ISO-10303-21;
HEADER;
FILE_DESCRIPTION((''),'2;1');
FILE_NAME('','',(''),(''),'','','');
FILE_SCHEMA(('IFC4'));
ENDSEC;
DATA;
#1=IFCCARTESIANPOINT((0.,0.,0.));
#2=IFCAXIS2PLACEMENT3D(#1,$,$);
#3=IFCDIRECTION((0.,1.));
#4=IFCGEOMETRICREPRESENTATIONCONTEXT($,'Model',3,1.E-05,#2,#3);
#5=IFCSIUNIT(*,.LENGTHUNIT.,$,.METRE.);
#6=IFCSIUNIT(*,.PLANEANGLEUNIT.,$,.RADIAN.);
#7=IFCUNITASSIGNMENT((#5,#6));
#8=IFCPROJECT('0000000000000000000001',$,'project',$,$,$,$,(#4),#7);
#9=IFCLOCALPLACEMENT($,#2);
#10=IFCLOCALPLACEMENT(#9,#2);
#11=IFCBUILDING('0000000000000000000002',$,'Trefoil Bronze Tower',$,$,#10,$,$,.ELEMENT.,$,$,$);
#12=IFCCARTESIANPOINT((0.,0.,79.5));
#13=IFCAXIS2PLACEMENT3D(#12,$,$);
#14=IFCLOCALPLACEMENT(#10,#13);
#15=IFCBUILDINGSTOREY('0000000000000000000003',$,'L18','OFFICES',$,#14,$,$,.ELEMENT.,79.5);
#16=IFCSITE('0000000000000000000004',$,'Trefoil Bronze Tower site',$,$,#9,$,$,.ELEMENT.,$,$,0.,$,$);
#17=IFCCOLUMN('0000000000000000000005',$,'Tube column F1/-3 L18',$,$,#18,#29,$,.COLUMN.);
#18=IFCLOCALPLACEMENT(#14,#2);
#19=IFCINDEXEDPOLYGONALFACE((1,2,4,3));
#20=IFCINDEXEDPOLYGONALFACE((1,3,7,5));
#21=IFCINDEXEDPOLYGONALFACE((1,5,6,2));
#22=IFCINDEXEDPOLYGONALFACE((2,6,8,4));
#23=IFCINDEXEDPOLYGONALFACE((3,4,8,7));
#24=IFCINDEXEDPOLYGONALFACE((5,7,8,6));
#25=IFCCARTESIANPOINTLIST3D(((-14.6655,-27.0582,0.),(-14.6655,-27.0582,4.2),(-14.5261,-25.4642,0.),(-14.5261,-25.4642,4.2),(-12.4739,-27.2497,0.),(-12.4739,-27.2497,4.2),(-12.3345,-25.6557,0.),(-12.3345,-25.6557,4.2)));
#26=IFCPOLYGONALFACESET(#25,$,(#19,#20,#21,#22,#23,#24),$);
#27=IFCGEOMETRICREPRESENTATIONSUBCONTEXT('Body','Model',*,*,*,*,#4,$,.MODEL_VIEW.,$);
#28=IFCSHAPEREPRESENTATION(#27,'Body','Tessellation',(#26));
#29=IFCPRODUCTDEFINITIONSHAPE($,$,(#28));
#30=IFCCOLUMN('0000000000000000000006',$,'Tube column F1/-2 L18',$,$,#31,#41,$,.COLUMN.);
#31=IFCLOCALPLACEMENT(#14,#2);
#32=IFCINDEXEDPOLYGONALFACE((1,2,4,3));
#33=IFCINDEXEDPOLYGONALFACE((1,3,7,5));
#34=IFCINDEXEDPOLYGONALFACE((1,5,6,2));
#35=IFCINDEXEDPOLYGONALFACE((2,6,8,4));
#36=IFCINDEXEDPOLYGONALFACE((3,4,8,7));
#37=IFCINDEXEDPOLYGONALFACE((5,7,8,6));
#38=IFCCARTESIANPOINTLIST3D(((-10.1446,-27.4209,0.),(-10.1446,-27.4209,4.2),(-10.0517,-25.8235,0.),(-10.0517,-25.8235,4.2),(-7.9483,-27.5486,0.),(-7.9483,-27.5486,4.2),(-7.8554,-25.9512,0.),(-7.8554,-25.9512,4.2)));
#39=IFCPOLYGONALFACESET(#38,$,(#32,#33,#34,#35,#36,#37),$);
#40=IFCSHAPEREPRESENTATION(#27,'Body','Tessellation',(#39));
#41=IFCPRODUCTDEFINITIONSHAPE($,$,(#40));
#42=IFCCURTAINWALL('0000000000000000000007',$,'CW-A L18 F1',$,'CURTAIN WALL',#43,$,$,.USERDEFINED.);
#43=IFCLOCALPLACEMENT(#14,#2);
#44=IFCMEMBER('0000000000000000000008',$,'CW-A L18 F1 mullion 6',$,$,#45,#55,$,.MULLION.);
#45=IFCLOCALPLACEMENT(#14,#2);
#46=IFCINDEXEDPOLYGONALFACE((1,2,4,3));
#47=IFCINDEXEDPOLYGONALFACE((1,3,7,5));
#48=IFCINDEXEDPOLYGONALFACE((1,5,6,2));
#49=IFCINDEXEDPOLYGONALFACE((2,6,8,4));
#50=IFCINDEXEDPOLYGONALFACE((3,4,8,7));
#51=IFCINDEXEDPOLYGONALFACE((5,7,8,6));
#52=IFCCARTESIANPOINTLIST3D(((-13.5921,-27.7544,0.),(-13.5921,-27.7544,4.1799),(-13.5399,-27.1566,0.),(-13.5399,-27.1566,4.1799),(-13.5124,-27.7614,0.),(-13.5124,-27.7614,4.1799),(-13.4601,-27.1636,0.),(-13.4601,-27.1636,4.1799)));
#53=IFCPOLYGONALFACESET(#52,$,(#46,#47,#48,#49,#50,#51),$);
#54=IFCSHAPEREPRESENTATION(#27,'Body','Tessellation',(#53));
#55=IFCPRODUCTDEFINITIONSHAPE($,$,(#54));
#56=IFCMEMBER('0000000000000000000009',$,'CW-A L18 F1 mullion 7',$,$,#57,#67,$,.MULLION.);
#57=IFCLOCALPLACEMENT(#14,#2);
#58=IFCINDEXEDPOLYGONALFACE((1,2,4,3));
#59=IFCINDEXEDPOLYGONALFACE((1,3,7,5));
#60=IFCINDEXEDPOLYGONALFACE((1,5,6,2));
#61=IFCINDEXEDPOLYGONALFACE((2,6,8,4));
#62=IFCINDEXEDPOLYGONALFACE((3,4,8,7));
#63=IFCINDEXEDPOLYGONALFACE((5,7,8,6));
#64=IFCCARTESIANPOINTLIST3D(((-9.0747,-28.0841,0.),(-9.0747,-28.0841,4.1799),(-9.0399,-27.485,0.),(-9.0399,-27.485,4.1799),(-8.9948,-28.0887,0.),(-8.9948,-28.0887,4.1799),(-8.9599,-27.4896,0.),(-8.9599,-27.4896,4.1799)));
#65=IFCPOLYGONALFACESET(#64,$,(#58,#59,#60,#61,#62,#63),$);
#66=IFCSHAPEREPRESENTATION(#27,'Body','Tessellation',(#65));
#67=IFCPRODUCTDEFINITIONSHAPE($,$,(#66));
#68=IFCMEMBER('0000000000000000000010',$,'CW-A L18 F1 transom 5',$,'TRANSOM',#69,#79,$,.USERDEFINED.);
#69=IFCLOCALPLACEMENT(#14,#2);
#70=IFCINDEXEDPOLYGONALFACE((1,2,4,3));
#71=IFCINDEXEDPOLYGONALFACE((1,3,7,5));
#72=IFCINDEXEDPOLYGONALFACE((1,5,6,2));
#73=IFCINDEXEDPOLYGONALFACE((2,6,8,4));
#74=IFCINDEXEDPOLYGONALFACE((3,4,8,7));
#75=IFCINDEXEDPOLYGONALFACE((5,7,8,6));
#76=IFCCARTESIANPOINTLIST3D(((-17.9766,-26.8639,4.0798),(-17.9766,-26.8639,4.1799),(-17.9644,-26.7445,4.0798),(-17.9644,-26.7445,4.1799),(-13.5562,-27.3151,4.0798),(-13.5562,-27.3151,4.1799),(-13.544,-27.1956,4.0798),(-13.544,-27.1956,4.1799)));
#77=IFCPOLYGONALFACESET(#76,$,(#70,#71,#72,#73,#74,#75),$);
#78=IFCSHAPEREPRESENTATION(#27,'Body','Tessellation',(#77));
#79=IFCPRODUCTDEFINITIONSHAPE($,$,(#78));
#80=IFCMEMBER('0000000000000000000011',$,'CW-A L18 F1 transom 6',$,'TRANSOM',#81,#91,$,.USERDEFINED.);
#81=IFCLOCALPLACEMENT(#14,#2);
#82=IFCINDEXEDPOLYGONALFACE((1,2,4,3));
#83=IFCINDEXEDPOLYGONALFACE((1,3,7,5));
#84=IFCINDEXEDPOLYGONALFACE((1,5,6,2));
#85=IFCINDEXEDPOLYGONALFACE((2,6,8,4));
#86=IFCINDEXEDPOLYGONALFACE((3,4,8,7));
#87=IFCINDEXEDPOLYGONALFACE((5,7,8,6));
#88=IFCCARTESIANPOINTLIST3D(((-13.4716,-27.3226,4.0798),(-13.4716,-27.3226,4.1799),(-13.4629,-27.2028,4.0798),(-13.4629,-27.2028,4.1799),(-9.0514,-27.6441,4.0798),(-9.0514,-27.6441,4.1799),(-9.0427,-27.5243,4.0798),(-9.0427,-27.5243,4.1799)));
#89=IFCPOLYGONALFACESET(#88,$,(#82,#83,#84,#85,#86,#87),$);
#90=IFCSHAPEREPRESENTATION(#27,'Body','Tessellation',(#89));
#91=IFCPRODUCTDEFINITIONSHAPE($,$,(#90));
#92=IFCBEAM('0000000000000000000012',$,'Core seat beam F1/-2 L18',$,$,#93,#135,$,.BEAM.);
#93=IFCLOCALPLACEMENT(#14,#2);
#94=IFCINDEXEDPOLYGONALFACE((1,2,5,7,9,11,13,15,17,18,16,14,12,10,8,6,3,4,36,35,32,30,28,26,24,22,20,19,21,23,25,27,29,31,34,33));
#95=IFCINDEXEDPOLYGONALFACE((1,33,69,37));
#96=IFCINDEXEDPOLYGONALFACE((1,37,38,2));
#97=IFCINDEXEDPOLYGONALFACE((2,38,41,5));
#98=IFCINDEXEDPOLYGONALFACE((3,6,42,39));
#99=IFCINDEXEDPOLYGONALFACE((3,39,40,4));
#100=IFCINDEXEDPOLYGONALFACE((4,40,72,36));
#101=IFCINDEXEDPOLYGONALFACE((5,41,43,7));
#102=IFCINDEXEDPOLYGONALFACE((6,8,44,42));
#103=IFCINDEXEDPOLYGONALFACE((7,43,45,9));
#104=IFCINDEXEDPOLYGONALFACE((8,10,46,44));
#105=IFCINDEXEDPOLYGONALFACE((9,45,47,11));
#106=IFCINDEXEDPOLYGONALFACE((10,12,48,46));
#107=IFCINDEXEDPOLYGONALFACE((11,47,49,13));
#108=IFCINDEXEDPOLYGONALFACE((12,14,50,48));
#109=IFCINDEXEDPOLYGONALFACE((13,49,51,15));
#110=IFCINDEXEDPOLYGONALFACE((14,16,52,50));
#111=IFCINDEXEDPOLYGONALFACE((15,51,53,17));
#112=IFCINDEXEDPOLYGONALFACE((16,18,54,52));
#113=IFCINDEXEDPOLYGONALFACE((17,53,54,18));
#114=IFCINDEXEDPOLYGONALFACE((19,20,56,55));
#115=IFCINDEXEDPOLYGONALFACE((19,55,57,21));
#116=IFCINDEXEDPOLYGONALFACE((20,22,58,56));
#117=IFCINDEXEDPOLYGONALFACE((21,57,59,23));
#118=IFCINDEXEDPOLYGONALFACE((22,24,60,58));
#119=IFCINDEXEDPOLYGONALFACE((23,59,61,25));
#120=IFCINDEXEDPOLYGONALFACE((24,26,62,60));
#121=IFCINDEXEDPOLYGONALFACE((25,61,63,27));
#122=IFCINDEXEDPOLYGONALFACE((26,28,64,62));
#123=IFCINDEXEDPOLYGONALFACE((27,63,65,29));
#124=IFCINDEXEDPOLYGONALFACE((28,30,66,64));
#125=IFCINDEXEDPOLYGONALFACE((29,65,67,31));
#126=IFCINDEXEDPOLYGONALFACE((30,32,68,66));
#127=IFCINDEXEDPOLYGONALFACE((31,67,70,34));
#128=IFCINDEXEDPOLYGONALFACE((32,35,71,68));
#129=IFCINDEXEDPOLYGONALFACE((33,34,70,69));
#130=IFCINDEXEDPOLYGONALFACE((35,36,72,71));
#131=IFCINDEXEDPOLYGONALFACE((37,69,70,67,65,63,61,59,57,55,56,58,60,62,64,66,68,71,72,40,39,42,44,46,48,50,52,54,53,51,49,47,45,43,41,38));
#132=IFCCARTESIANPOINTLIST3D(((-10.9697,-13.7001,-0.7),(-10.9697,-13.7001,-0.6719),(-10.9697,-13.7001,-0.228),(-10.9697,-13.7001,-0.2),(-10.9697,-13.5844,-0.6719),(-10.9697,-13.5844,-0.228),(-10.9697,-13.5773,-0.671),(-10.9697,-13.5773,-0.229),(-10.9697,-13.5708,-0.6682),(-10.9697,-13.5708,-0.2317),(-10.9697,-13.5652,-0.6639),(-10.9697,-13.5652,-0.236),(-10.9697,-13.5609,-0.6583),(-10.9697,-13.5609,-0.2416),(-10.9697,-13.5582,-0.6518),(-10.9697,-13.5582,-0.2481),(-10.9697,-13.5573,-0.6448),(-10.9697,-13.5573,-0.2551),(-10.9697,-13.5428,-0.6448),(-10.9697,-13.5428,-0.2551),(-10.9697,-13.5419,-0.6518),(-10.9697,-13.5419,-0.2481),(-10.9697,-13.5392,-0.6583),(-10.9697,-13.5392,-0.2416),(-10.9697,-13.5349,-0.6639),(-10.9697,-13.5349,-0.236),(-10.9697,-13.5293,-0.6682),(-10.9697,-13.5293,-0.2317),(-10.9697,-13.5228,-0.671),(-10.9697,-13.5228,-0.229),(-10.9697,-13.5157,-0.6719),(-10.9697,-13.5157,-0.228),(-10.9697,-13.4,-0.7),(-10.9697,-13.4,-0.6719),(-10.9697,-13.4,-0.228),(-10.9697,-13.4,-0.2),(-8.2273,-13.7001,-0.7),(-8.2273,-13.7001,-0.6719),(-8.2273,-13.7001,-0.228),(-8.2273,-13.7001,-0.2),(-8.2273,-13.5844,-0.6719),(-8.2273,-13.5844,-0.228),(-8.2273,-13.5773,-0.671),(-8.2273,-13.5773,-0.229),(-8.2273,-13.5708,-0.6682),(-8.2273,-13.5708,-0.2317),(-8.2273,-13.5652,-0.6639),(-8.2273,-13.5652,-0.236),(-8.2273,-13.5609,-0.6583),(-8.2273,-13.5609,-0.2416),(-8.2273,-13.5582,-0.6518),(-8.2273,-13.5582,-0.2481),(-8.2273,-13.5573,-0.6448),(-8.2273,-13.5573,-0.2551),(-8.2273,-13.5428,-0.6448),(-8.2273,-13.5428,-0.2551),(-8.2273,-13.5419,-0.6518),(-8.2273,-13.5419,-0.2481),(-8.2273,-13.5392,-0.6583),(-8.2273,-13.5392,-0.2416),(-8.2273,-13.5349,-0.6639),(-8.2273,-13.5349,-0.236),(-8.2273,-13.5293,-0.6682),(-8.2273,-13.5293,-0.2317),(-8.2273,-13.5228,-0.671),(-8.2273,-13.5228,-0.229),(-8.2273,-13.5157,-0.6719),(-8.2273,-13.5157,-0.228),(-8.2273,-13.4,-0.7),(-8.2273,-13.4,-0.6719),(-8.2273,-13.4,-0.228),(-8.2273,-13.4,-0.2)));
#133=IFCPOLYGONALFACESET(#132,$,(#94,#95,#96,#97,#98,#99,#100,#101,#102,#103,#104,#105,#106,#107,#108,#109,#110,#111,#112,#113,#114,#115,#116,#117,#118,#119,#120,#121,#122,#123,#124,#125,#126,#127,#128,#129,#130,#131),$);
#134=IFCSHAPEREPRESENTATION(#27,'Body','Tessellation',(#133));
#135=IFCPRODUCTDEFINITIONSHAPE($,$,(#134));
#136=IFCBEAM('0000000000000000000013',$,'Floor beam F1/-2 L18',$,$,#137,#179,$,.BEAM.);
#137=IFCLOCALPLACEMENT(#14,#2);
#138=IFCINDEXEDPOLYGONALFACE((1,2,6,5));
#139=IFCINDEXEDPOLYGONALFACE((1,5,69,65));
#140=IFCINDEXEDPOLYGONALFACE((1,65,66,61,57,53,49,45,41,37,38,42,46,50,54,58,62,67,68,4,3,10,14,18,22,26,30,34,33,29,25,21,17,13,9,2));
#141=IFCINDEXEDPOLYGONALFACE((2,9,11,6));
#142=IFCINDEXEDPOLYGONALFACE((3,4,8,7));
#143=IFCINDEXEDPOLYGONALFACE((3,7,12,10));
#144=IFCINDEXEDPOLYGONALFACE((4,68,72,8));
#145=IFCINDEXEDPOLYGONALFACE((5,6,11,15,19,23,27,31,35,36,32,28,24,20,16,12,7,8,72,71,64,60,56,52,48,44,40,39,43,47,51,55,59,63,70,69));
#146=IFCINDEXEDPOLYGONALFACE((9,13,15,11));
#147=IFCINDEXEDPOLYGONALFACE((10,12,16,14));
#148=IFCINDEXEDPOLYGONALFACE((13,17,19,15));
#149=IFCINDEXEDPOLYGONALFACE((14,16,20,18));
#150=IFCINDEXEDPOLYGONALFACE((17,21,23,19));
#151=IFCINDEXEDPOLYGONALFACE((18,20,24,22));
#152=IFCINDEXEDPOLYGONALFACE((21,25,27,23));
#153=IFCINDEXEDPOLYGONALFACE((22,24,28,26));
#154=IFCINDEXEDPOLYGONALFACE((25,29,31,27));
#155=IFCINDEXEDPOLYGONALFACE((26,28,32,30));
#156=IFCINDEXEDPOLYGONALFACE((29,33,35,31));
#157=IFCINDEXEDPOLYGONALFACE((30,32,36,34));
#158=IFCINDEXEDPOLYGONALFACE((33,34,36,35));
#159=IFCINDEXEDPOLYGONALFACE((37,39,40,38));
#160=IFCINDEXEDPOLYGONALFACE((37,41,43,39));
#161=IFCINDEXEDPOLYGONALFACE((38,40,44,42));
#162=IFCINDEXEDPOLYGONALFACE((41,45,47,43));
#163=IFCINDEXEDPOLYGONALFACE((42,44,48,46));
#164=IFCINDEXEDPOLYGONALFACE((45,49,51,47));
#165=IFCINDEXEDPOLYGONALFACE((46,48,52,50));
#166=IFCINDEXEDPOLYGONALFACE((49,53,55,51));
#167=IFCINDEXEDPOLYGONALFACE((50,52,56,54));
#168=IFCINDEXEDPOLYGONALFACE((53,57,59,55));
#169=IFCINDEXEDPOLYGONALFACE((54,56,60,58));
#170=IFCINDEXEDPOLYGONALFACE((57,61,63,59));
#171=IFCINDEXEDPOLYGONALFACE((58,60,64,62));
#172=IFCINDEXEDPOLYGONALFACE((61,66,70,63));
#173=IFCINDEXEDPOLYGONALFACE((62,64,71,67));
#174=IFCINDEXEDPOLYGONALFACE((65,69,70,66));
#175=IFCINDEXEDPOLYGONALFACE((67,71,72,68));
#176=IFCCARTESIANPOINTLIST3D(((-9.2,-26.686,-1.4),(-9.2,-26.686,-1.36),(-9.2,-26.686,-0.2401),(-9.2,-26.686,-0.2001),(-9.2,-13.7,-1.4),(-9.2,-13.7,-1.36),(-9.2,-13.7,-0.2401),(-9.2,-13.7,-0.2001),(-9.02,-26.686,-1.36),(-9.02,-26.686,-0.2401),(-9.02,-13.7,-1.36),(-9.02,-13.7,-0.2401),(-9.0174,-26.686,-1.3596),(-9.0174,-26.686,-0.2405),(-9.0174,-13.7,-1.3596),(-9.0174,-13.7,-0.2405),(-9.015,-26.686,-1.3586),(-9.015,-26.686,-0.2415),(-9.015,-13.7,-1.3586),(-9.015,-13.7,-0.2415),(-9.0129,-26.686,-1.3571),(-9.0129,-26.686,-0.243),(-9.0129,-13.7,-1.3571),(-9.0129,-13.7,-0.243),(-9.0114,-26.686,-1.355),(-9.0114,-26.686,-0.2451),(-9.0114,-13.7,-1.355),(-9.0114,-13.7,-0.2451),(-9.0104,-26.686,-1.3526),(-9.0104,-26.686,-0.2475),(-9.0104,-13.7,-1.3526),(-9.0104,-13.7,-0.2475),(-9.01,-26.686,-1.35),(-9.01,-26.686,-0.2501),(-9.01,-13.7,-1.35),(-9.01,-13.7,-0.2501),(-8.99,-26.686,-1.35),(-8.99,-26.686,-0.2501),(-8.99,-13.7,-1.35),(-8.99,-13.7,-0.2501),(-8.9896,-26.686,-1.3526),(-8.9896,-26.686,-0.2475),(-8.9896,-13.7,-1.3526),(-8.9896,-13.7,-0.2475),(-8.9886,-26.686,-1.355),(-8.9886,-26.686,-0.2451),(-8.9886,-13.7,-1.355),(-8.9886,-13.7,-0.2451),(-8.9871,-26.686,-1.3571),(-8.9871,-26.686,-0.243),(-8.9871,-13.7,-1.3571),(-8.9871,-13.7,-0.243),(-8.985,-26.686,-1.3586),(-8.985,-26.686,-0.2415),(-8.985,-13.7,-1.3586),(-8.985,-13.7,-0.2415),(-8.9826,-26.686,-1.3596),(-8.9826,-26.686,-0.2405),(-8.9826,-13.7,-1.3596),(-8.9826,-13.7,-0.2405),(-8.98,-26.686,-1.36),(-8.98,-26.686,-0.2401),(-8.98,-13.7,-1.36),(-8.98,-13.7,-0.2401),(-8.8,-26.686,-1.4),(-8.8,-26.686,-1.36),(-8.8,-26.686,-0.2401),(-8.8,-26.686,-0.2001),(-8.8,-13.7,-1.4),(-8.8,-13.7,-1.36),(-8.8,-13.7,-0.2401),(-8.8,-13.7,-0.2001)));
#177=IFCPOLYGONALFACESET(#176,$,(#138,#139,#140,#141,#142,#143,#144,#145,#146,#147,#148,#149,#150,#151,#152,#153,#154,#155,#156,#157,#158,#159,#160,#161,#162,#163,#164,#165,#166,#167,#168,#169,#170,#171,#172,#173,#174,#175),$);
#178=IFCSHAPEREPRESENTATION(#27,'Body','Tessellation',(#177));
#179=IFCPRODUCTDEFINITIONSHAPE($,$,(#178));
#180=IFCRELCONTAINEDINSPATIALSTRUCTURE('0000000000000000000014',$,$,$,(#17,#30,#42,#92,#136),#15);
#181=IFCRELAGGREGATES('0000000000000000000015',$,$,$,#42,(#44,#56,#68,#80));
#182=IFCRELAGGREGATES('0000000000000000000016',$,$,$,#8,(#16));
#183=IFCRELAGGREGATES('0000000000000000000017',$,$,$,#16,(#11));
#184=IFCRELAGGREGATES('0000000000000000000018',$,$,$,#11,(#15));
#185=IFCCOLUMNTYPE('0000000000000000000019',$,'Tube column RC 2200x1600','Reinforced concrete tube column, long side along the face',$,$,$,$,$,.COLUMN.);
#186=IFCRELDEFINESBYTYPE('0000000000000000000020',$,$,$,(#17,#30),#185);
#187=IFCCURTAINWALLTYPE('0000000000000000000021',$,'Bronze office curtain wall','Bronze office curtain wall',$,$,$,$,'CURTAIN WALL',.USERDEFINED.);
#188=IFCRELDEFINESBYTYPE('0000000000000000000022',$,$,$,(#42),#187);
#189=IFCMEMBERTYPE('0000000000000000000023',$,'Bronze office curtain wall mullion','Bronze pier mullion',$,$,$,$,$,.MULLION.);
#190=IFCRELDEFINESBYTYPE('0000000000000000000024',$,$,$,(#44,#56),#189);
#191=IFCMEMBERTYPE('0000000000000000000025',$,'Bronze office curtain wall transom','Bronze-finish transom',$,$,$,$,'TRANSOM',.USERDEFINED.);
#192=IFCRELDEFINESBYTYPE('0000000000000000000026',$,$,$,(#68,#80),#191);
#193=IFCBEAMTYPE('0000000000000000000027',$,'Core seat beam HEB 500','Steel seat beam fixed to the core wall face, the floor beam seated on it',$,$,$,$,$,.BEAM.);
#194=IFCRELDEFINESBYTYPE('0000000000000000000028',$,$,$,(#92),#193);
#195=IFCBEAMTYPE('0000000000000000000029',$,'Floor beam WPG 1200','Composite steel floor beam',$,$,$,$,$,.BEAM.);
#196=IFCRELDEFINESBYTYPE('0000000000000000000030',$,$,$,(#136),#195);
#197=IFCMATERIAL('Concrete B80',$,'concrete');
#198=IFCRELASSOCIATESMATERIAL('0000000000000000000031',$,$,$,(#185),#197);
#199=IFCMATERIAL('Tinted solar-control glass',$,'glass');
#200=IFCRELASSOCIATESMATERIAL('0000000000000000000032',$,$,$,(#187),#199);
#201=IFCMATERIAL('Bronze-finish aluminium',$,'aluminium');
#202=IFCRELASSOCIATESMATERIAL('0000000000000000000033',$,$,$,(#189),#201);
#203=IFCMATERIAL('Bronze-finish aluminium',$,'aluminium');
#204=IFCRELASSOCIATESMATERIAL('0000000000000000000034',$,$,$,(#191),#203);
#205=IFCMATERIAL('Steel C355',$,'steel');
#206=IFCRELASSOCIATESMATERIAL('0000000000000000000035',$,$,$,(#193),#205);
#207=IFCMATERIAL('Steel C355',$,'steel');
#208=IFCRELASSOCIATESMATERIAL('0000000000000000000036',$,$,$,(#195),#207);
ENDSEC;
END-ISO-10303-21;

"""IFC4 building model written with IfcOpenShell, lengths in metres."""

from ifc_helpers import new_model, si_unit, direction, frame, origin, origin_2d, place, context, subcontext, project, spatial, rectangle, i_section, extrude, material, material_profile, profile_set, type_object, element, aggregate, save


model = new_model("IFC4")

# Units and contexts
model_context = context("Model", 3, precision=1e-05, world=origin(), true_north=direction((0.0, 1.0)))
body_context = subcontext(model_context, "Body", "Model", "MODEL_VIEW")
ifc_project = project(units=[si_unit("LENGTHUNIT", "METRE"), si_unit("PLANEANGLEUNIT", "RADIAN")], contexts=[model_context])

# Site, building, storey
site_placement = place(None, origin())
site = spatial("IfcSite", under=ifc_project, at=site_placement, Name="Trefoil Bronze Tower site", CompositionType="ELEMENT", RefElevation=0.0)
building_placement = place(site_placement, origin())
building = spatial("IfcBuilding", under=site, at=building_placement, Name="Trefoil Bronze Tower", CompositionType="ELEMENT")
storey_placement = place(building_placement, frame((0.0, 0.0, 79.5)))
storey = spatial("IfcBuildingStorey", under=building, at=storey_placement, Name="L18", Description="OFFICES", CompositionType="ELEMENT", Elevation=79.5)

# Columns
ifc_material_1 = material(Name="Concrete B80", Category="concrete")
ifc_material_profile_1 = material_profile(ifc_material_1, rectangle(XDim=2.2, YDim=1.6001, at=origin_2d()), Name="RC 2200x1600")
ifc_profile_set_1 = profile_set([ifc_material_profile_1], Name="Concrete B80")
column_type = type_object("IfcColumnType", Name="Tube column RC 2200x1600", Description="Reinforced concrete tube column, long side along the face", PredefinedType="COLUMN", material=ifc_profile_set_1)
for number, where, z_axis, x_axis, name in (
    (1, (-13.5, -26.3569, 0.0), (0.0, 0.0, 1.0), (0.996203, -0.087065, 0.0), "Tube column F1/-3 L18"),
    (2, (-9.0, -26.686, 0.0), (0.0, 0.0, 1.0), (0.998314, -0.058043, 0.0), "Tube column F1/-2 L18"),
):
    element("IfcColumn", number, at=place(storey_placement, frame(where, z_axis=z_axis, x_axis=x_axis)), inside=storey, type_object=column_type, Name=name, PredefinedType="COLUMN", context=body_context, shape_type="SweptSolid", body=[
        extrude(rectangle(XDim=2.2, YDim=1.6001, at=origin_2d()), origin(), (0.0, 0.0, 1.0), 4.2),
    ])

# Curtain wall, members
ifc_material_2 = material(Name="Tinted solar-control glass", Category="glass")
curtain_wall_type = type_object("IfcCurtainWallType", Name="Bronze office curtain wall", Description="Bronze office curtain wall", ElementType="CURTAIN WALL", PredefinedType="USERDEFINED", material=ifc_material_2)
curtain_wall_placement = place(storey_placement, origin())
curtain_wall = element("IfcCurtainWall", 3, at=curtain_wall_placement, inside=storey, type_object=curtain_wall_type, Name="CW-A L18 F1", ObjectType="CURTAIN WALL", PredefinedType="USERDEFINED")
ifc_material_3 = material(Name="Bronze-finish aluminium", Category="aluminium")
ifc_material_profile_2 = material_profile(ifc_material_3, rectangle(XDim=0.6001, YDim=0.0801, at=origin_2d()), Name="CW-A mullion")
ifc_profile_set_2 = profile_set([ifc_material_profile_2], Name="Bronze-finish aluminium")
member_type_1 = type_object("IfcMemberType", Name="Bronze office curtain wall mullion", Description="Bronze pier mullion", PredefinedType="MULLION", material=ifc_profile_set_2)
member_1_placement = place(storey_placement, frame((-13.5261, -27.459, 0.0), z_axis=(0.0, 0.0, 1.0), x_axis=(0.087065, 0.996203, 0.0)))
member_1 = element("IfcMember", 4, at=member_1_placement, type_object=member_type_1, Name="CW-A L18 F1 mullion 6", PredefinedType="MULLION", context=body_context, shape_type="SweptSolid", body=[
    extrude(rectangle(XDim=0.6001, YDim=0.0801, at=origin_2d()), origin(), (0.0, 0.0, 1.0), 4.1799),
])
member_2_placement = place(storey_placement, frame((-9.0173, -27.7869, 0.0), z_axis=(0.0, 0.0, 1.0), x_axis=(0.058043, 0.998314, 0.0)))
member_2 = element("IfcMember", 5, at=member_2_placement, type_object=member_type_1, Name="CW-A L18 F1 mullion 7", PredefinedType="MULLION", context=body_context, shape_type="SweptSolid", body=[
    extrude(rectangle(XDim=0.6001, YDim=0.0801, at=origin_2d()), origin(), (0.0, 0.0, 1.0), 4.1799),
])
ifc_material_4 = material(Name="Bronze-finish aluminium", Category="aluminium")
ifc_material_profile_3 = material_profile(ifc_material_4, rectangle(XDim=0.1201, YDim=0.1001, at=origin_2d()), Name="CW-A transom")
ifc_profile_set_3 = profile_set([ifc_material_profile_3], Name="Bronze-finish aluminium")
member_type_2 = type_object("IfcMemberType", Name="Bronze office curtain wall transom", Description="Bronze-finish transom", ElementType="TRANSOM", PredefinedType="USERDEFINED", material=ifc_profile_set_3)
member_3_placement = place(storey_placement, frame((-17.9705, -26.8042, 4.1299), z_axis=(0.994832, -0.101538, 0.0), x_axis=(0.101538, 0.994832, 0.0)))
member_3 = element("IfcMember", 6, at=member_3_placement, type_object=member_type_2, Name="CW-A L18 F1 transom 5", ObjectType="TRANSOM", PredefinedType="USERDEFINED", context=body_context, shape_type="SweptSolid", body=[
    extrude(rectangle(XDim=0.1201, YDim=0.1001, at=origin_2d()), origin(), (0.0, 0.0, 1.0), 4.4434),
])
member_4_placement = place(storey_placement, frame((-13.4673, -27.2627, 4.1299), z_axis=(0.997365, -0.072551, 0.0), x_axis=(0.072551, 0.997365, 0.0)))
member_4 = element("IfcMember", 7, at=member_4_placement, type_object=member_type_2, Name="CW-A L18 F1 transom 6", ObjectType="TRANSOM", PredefinedType="USERDEFINED", context=body_context, shape_type="SweptSolid", body=[
    extrude(rectangle(XDim=0.1201, YDim=0.1001, at=origin_2d()), origin(), (0.0, 0.0, 1.0), 4.4319),
])

# Beams
ifc_material_5 = material(Name="Steel C355", Category="steel")
ifc_material_profile_4 = material_profile(ifc_material_5, i_section(OverallWidth=0.3, OverallDepth=0.5, WebThickness=0.0144, FlangeThickness=0.0281, FilletRadius=0.0271, at=origin_2d()), Name="HEB 500")
ifc_profile_set_4 = profile_set([ifc_material_profile_4], Name="Steel C355")
beam_type_1 = type_object("IfcBeamType", Name="Core seat beam HEB 500", Description="Steel seat beam fixed to the core wall face, the floor beam seated on it", PredefinedType="BEAM", material=ifc_profile_set_4)
beam_1_placement = place(storey_placement, frame((-10.9697, -13.55, -0.45), z_axis=(1.0, 0.0, 0.0), x_axis=(0.0, 1.0, 0.0)))
element("IfcBeam", 8, at=beam_1_placement, inside=storey, type_object=beam_type_1, Name="Core seat beam F1/-2 L18", PredefinedType="BEAM", context=body_context, shape_type="SweptSolid", body=[
    extrude(i_section(OverallWidth=0.3, OverallDepth=0.5, WebThickness=0.0144, FlangeThickness=0.0281, FilletRadius=0.0271, at=origin_2d()), origin(), (0.0, 0.0, 1.0), 2.7424),
])
ifc_material_6 = material(Name="Steel C355", Category="steel")
ifc_material_profile_5 = material_profile(ifc_material_6, i_section(OverallWidth=0.3999, OverallDepth=1.2, WebThickness=0.02, FlangeThickness=0.04, FilletRadius=0.01, at=origin_2d()), Name="WPG 1200")
ifc_profile_set_5 = profile_set([ifc_material_profile_5], Name="Steel C355")
beam_type_2 = type_object("IfcBeamType", Name="Floor beam WPG 1200", Description="Composite steel floor beam", PredefinedType="BEAM", material=ifc_profile_set_5)
beam_2_placement = place(storey_placement, frame((-9.0, -26.686, -0.8), z_axis=(0.0, 1.0, 0.0), x_axis=(-1.0, 0.0, 0.0)))
element("IfcBeam", 9, at=beam_2_placement, inside=storey, type_object=beam_type_2, Name="Floor beam F1/-2 L18", PredefinedType="BEAM", context=body_context, shape_type="SweptSolid", body=[
    extrude(i_section(OverallWidth=0.3999, OverallDepth=1.2, WebThickness=0.02, FlangeThickness=0.04, FilletRadius=0.01, at=origin_2d()), origin(), (0.0, 0.0, 1.0), 12.9861),
])

aggregate(curtain_wall, [member_1, member_2, member_3, member_4])

save(model, "model.ifc")
